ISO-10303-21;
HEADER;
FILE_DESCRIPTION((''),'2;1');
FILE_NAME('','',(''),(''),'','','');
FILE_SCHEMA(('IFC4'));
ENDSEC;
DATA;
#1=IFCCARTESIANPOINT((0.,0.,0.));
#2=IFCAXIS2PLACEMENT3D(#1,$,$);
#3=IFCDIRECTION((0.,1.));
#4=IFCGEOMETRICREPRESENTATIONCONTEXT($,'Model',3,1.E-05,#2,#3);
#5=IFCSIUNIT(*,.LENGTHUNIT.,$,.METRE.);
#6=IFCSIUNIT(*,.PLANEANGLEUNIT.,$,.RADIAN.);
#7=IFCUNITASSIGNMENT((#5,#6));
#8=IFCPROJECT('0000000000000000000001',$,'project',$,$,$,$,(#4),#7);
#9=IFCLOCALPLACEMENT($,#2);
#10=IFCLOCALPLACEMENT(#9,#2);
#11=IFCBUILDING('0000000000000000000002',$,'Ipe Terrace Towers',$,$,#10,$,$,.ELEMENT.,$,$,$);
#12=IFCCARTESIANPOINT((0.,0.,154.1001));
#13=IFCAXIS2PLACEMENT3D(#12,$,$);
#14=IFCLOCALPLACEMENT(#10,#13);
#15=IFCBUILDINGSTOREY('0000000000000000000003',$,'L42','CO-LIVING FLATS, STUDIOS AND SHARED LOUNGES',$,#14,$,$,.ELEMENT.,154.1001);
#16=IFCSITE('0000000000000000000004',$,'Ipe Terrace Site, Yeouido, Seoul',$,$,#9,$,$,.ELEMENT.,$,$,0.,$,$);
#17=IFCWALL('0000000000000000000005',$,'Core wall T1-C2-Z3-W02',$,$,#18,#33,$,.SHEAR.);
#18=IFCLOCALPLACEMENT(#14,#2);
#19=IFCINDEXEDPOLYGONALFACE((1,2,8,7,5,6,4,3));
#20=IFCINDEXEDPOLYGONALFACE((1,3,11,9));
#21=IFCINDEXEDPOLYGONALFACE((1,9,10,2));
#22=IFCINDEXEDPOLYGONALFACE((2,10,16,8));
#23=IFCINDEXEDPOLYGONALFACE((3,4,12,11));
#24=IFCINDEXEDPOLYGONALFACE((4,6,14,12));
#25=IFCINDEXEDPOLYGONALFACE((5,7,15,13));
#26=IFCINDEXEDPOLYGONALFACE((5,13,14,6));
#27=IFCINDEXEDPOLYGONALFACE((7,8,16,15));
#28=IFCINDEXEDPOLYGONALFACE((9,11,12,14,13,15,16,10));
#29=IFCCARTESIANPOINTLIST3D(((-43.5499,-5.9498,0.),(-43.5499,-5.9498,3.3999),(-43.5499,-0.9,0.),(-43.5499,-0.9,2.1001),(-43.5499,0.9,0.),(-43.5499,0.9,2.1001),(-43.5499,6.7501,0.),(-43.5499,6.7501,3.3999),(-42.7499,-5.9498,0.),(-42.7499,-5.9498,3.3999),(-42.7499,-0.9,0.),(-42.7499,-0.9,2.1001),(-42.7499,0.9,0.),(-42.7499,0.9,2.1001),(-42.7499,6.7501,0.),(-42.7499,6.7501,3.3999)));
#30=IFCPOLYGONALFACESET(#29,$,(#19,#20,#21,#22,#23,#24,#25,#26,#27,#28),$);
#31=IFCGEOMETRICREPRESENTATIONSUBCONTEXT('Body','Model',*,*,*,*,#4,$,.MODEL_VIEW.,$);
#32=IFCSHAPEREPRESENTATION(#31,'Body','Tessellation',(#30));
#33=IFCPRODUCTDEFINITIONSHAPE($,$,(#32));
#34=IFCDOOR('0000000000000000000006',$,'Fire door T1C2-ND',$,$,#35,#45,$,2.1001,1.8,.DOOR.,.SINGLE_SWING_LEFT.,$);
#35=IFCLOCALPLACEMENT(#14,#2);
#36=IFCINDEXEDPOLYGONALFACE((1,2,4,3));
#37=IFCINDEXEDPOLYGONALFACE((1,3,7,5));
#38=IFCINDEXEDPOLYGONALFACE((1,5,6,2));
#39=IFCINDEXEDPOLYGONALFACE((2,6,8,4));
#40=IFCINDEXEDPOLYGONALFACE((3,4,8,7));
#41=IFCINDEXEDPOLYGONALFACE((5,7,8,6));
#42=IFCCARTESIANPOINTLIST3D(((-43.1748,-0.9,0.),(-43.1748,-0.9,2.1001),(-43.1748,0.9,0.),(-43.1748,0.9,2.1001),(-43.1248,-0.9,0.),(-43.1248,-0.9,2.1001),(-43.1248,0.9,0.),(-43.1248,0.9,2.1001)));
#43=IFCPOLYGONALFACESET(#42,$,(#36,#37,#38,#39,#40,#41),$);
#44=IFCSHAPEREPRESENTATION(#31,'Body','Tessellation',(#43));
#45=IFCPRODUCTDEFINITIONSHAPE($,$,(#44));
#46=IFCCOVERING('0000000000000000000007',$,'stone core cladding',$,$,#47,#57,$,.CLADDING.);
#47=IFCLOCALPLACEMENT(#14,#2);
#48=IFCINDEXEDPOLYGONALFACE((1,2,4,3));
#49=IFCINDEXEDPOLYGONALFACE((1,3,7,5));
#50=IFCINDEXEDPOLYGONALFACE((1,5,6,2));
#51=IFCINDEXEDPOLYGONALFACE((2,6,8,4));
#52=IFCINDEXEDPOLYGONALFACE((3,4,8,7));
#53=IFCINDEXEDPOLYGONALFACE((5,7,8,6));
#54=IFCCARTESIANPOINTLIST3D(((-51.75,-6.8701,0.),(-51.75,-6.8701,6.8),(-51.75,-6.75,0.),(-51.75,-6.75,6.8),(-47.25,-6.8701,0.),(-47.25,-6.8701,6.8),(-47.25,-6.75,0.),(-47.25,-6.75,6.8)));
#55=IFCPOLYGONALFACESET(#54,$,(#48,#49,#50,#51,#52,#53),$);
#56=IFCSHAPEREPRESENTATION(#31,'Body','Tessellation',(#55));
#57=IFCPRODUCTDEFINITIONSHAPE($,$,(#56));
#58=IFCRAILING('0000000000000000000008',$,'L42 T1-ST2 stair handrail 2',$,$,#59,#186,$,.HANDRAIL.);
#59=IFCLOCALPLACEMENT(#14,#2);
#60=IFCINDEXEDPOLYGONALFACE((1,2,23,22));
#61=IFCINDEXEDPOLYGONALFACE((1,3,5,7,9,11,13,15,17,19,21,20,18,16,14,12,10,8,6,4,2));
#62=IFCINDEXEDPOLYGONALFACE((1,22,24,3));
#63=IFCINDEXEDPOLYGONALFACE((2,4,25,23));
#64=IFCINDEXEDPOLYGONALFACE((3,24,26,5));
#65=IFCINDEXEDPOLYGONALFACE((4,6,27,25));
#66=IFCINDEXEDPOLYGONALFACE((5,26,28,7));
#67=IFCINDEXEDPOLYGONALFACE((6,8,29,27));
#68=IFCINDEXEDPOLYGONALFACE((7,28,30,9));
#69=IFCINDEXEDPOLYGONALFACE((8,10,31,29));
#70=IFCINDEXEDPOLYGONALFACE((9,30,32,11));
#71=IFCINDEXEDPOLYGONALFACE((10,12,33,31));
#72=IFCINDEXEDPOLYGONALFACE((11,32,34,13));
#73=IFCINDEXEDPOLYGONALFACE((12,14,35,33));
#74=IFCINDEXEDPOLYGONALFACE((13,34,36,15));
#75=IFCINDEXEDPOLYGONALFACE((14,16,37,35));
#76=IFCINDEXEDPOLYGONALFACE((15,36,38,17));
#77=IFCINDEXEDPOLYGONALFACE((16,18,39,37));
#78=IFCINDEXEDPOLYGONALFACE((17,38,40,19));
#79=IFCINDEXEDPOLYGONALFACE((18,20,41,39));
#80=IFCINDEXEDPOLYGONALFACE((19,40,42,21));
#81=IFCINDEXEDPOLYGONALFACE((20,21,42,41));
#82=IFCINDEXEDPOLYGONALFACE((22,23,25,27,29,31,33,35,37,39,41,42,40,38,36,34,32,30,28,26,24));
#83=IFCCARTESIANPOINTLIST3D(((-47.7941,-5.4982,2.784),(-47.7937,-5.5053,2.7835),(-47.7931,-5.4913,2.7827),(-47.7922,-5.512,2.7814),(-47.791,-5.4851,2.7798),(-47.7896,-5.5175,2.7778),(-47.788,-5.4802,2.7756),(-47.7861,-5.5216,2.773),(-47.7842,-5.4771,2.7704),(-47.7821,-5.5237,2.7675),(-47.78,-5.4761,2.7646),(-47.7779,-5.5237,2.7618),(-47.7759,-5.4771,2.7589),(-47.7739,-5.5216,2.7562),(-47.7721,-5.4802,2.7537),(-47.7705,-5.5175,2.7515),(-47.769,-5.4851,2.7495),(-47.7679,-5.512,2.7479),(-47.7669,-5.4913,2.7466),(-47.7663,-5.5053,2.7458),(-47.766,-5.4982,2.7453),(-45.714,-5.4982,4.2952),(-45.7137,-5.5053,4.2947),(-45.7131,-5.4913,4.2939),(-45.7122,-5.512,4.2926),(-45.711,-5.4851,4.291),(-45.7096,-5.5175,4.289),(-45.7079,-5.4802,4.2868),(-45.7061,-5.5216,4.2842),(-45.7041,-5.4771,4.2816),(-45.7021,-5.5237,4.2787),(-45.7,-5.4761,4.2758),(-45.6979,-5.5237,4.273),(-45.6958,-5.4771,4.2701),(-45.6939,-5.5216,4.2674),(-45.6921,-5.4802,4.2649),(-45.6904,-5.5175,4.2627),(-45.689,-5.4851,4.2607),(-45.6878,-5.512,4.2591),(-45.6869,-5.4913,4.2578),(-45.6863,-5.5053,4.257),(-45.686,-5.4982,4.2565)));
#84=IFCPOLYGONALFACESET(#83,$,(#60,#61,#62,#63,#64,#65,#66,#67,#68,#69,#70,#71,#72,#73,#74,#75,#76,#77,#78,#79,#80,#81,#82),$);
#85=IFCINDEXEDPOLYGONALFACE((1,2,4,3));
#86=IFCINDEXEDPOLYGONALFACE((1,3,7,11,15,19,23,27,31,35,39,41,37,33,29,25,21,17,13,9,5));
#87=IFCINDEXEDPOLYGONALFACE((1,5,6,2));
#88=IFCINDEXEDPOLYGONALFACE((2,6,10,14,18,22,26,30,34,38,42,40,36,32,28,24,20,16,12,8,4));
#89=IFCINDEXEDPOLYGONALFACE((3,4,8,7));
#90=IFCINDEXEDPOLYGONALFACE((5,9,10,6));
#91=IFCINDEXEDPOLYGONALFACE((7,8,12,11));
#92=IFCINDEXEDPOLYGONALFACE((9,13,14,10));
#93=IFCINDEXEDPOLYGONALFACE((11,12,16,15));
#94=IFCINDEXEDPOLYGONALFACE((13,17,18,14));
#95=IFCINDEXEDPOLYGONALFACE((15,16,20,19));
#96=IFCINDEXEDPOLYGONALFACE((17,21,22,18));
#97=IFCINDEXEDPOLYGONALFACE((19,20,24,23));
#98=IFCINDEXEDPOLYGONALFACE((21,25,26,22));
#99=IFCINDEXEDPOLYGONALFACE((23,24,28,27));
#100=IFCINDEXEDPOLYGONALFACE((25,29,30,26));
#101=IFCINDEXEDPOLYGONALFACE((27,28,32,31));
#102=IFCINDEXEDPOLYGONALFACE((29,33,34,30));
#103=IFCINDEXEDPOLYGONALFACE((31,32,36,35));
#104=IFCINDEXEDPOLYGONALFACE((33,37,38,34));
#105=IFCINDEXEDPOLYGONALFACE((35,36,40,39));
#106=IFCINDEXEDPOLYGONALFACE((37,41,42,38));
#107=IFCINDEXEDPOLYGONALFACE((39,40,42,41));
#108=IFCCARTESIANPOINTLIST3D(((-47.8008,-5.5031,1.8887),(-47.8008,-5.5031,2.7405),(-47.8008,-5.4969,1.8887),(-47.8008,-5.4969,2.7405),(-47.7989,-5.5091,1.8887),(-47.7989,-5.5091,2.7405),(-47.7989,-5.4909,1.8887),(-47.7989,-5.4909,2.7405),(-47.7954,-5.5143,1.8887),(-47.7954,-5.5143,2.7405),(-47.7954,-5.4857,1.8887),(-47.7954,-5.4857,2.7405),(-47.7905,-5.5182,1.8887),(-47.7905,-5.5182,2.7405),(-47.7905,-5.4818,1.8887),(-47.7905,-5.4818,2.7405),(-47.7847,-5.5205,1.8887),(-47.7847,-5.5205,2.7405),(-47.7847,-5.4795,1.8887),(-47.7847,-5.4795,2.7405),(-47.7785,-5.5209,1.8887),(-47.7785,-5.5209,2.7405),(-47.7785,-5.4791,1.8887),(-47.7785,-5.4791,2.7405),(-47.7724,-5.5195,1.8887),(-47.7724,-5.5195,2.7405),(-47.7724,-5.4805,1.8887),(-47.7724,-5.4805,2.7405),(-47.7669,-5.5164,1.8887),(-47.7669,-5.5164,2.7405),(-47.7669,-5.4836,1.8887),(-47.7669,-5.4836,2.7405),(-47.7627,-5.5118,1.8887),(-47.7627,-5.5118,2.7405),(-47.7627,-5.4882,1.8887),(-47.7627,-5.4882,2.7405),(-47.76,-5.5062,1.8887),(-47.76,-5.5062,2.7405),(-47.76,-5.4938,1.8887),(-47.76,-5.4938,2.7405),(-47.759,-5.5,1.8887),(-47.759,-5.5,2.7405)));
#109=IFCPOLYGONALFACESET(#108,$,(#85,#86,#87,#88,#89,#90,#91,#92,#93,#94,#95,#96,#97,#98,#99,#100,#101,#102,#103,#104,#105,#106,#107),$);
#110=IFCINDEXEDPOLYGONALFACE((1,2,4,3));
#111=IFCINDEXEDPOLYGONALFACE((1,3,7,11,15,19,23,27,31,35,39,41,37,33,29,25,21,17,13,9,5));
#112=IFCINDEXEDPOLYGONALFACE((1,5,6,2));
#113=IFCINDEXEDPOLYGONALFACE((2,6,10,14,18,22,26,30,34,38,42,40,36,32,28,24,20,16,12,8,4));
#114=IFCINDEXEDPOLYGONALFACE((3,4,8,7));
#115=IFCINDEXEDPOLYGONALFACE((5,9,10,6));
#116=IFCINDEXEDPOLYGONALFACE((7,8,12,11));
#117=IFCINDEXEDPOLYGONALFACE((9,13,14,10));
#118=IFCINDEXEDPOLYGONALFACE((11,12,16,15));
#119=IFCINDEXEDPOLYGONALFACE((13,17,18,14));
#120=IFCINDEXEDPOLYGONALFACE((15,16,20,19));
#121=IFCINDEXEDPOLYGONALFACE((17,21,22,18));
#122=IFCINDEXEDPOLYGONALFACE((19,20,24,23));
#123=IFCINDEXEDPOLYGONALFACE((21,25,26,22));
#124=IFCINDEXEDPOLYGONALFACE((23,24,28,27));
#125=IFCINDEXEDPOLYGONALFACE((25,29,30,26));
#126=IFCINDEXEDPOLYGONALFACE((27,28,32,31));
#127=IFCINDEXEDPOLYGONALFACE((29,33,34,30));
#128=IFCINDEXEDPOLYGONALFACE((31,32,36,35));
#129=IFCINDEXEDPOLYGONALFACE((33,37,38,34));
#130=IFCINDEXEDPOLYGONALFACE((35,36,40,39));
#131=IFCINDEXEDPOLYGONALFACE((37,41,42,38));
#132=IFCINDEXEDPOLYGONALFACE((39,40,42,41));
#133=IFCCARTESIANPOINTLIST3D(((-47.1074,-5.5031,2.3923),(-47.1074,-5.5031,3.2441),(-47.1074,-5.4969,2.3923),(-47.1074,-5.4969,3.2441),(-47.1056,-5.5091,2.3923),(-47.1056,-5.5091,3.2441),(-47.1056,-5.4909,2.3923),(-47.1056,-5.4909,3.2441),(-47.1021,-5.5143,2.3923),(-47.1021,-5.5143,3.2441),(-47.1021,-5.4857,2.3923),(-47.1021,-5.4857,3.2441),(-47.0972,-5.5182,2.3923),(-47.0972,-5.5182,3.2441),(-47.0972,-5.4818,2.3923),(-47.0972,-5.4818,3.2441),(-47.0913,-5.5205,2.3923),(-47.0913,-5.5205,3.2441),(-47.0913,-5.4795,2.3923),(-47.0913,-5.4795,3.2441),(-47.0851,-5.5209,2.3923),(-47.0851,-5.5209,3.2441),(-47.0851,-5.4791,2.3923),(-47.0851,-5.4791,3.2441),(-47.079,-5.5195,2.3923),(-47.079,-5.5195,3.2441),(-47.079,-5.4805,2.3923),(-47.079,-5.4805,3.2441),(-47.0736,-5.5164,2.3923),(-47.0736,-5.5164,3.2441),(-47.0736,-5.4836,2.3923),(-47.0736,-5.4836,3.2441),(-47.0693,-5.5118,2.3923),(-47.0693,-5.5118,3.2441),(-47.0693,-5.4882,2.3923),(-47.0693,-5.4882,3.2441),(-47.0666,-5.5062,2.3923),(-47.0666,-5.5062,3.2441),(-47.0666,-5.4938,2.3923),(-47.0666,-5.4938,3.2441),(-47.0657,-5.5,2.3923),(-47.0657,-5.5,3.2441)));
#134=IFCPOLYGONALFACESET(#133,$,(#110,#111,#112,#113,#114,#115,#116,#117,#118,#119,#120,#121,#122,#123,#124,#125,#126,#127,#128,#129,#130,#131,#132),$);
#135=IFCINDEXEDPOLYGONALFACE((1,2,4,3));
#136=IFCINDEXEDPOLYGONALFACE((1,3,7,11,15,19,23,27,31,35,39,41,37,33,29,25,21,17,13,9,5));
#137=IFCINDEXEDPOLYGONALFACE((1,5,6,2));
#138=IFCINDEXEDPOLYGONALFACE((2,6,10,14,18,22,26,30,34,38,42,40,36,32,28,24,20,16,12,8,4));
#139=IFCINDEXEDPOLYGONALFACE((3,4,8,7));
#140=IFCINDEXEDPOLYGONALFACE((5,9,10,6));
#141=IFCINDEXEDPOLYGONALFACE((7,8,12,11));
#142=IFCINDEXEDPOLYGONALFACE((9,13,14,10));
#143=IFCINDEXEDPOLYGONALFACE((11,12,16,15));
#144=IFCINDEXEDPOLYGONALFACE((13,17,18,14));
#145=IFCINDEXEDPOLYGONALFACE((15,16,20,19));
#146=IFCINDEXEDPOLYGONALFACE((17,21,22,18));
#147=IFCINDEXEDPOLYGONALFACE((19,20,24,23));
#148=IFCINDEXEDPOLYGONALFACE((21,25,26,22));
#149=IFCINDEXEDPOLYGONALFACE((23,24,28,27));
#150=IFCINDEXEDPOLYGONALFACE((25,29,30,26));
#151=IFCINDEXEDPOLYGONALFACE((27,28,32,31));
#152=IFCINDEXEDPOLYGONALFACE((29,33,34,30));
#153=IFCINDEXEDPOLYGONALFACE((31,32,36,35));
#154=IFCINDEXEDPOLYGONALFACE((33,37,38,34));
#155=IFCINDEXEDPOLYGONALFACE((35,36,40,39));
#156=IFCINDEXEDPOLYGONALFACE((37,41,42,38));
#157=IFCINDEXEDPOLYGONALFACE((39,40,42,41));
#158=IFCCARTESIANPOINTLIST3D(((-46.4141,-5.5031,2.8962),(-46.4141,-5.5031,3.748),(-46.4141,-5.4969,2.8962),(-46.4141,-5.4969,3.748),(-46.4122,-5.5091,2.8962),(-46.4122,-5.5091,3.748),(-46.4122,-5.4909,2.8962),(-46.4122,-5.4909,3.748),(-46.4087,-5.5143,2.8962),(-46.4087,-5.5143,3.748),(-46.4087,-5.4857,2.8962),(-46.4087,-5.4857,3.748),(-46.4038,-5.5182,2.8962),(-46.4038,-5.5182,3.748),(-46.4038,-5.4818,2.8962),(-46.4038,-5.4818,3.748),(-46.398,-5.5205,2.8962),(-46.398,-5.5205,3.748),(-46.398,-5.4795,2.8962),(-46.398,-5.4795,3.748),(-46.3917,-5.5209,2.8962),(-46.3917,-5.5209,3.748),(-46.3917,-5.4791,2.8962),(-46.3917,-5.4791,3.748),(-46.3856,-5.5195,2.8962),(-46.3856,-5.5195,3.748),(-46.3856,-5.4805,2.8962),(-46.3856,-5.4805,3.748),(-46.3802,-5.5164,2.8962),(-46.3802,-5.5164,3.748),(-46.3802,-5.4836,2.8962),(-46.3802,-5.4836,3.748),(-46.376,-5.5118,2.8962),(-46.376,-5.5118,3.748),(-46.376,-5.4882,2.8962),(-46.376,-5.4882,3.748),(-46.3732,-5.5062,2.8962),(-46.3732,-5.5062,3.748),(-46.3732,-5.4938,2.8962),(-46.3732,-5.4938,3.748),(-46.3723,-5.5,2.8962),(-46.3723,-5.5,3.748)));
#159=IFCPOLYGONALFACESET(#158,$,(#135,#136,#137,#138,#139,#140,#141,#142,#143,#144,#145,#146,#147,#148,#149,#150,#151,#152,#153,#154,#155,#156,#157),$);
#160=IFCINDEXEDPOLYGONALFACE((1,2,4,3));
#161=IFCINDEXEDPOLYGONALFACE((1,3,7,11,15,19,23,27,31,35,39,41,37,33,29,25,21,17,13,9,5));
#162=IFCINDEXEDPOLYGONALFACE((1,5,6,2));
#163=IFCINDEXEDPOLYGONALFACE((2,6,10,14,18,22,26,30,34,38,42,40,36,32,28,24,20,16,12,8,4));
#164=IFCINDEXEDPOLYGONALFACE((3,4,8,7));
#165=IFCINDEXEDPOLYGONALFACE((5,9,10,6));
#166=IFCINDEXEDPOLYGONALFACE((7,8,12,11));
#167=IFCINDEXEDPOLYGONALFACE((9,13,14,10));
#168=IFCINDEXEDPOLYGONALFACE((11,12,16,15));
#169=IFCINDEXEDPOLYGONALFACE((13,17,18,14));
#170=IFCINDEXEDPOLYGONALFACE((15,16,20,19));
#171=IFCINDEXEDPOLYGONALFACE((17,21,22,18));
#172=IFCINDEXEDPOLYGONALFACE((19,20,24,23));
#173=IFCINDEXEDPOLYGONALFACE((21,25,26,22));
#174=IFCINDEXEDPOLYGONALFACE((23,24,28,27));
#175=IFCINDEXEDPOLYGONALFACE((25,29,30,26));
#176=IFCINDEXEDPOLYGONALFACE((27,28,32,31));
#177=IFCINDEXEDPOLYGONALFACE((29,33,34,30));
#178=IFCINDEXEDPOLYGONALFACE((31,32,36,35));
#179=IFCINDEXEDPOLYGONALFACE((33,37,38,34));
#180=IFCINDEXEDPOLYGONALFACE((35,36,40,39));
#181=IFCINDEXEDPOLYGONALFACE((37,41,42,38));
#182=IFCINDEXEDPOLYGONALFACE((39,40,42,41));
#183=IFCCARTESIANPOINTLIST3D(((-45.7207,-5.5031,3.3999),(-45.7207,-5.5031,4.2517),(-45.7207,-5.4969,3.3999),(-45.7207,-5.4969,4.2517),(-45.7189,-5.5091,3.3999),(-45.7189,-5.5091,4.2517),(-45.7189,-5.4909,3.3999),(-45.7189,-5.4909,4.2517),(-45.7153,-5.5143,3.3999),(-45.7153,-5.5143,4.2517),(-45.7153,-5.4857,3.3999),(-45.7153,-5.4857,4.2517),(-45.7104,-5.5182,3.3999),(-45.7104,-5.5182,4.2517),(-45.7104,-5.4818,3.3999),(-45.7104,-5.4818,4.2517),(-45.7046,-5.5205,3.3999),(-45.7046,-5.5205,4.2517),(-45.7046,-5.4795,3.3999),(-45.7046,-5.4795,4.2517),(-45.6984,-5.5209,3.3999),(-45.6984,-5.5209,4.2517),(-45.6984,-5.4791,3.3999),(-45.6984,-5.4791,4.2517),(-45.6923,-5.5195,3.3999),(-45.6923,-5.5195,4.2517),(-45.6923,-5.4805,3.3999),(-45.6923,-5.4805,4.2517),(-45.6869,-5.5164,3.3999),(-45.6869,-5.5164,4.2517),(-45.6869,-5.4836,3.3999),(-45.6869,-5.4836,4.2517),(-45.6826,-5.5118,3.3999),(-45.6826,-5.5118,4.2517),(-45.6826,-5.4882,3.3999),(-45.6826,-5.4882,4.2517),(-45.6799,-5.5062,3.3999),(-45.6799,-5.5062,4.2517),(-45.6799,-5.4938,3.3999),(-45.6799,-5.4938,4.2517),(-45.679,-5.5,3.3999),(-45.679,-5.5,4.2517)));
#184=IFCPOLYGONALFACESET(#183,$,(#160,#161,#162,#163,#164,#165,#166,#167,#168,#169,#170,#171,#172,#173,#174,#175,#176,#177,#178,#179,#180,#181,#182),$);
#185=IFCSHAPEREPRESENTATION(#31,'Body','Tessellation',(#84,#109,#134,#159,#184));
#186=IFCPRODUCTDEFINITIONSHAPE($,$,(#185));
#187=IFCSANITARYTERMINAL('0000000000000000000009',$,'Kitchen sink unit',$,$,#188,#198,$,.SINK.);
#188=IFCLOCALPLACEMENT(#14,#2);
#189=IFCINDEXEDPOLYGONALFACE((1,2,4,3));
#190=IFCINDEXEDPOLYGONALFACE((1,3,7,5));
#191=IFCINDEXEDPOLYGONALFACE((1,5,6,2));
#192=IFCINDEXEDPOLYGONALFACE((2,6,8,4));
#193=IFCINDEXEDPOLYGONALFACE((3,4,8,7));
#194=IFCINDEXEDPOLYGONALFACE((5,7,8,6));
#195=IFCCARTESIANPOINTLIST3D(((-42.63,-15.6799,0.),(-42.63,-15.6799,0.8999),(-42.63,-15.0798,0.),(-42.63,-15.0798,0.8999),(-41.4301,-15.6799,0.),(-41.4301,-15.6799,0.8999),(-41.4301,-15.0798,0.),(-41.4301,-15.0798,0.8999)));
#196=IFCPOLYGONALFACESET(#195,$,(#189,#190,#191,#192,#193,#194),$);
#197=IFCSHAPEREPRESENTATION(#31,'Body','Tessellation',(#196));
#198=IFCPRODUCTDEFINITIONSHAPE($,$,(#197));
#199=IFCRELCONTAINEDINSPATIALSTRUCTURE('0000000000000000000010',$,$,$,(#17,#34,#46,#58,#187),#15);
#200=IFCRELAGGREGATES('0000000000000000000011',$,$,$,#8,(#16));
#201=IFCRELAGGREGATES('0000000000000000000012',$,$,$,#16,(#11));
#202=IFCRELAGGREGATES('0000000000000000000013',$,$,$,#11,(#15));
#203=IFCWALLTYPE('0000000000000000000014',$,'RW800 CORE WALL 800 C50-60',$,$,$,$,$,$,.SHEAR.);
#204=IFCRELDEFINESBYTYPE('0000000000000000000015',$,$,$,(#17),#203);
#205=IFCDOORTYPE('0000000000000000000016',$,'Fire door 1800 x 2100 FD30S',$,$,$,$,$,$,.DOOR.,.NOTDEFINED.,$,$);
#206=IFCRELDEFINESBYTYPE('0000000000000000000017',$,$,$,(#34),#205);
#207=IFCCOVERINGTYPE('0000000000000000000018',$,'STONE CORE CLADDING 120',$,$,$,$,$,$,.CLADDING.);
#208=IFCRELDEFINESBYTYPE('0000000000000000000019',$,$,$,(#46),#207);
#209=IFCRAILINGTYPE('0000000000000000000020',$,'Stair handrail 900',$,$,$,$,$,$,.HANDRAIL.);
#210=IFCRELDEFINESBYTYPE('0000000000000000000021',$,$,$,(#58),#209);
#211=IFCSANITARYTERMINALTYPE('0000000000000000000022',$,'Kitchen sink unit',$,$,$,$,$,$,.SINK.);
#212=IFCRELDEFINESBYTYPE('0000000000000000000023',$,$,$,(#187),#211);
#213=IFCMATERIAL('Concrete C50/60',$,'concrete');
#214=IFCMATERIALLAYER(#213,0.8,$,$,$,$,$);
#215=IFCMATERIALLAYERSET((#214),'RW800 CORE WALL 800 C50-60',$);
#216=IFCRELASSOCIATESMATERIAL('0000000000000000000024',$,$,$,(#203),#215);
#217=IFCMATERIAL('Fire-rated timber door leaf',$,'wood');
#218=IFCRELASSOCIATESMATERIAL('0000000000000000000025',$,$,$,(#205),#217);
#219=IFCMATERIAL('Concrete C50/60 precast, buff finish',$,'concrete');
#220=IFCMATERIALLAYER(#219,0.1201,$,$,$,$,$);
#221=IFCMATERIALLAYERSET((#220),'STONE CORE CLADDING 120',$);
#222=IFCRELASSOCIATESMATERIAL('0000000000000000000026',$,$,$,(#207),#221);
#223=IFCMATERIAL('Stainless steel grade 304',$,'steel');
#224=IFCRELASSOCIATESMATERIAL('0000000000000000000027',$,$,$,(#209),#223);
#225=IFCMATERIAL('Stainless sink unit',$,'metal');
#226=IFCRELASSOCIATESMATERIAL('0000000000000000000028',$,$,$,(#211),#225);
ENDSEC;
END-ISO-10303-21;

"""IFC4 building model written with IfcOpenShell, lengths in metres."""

from ifc_helpers import new_model, si_unit, direction, frame, frame_2d, origin, origin_2d, place, context, subcontext, project, spatial, rectangle, circle, extrude, material, layer, layer_set, type_object, element, fill, save


model = new_model("IFC4")

# Units and contexts
model_context = context("Model", 3, precision=1e-05, world=origin(), true_north=direction((0.0, 1.0)))
body_context = subcontext(model_context, "Body", "Model", "MODEL_VIEW")
ifc_project = project(units=[si_unit("LENGTHUNIT", "METRE"), si_unit("PLANEANGLEUNIT", "RADIAN")], contexts=[model_context])

# Site, building, storey
site_placement = place(None, origin())
site = spatial("IfcSite", under=ifc_project, at=site_placement, Name="Ipe Terrace Site, Yeouido, Seoul", CompositionType="ELEMENT", RefElevation=0.0)
building_placement = place(site_placement, origin())
building = spatial("IfcBuilding", under=site, at=building_placement, Name="Ipe Terrace Towers", CompositionType="ELEMENT")
storey_placement = place(building_placement, frame((0.0, 0.0, 154.1001)))
storey = spatial("IfcBuildingStorey", under=building, at=storey_placement, Name="L42", Description="CO-LIVING FLATS, STUDIOS AND SHARED LOUNGES", CompositionType="ELEMENT", Elevation=154.1001)

# Shared definitions
ifc_material_1 = material(Name="Concrete C50/60", Category="concrete")
ifc_layer_1 = layer(ifc_material_1, 0.8)
ifc_layer_set_1 = layer_set([ifc_layer_1], Name="RW800 CORE WALL 800 C50-60")
wall_type_1 = type_object("IfcWallType", Name="RW800 CORE WALL 800 C50-60", PredefinedType="SHEAR", material=ifc_layer_set_1)

# Wall, opening, door
wall_1_placement = place(storey_placement, frame((-43.1499, -5.95, 0.0), z_axis=(0.0, 0.0, 1.0), x_axis=(0.0, 1.0, 0.0)))
wall_1 = element("IfcWall", 1, at=wall_1_placement, inside=storey, type_object=wall_type_1, Name="Core wall T1-C2-Z3-W02", PredefinedType="SHEAR", context=body_context, shape_type="SweptSolid", body=[
    extrude(rectangle(XDim=12.7, YDim=0.8, at=frame_2d((6.3501, 0.0))), origin(), (0.0, 0.0, 1.0), 3.3999),
])
opening_1_placement = place(wall_1_placement, frame((5.05, 0.0, 0.0)))
opening_1 = element("IfcOpeningElement", 2, at=opening_1_placement, cuts=wall_1, PredefinedType="OPENING", context=body_context, shape_type="SweptSolid", body=[
    extrude(rectangle(XDim=1.8, YDim=2.1001, at=frame_2d((0.8999, 1.05))), frame((0.0, 0.4102, 0.0), z_axis=(0.0, -1.0, 0.0), x_axis=(1.0, 0.0, 0.0)), (0.0, 0.0, 1.0), 0.8201),
])
ifc_material_2 = material(Name="Fire-rated timber door leaf", Category="wood")
door_type_1 = type_object("IfcDoorType", Name="Fire door 1800 x 2100 FD30S", OperationType="NOTDEFINED", PredefinedType="DOOR", material=ifc_material_2)
door_1_placement = place(opening_1_placement, origin())
door_1 = element("IfcDoor", 3, at=door_1_placement, inside=storey, type_object=door_type_1, Name="Fire door T1C2-ND", OperationType="SINGLE_SWING_LEFT", OverallHeight=2.1001, OverallWidth=1.8, PredefinedType="DOOR", context=body_context, shape_type="SweptSolid", body=[
    extrude(rectangle(XDim=1.8, YDim=2.1001, at=frame_2d((0.8999, 1.05))), frame((0.0, 0.0249, 0.0), z_axis=(0.0, -1.0, 0.0), x_axis=(1.0, 0.0, 0.0)), (0.0, 0.0, 1.0), 0.05),
])
fill(opening_1, door_1)

# Covering
ifc_material_3 = material(Name="Concrete C50/60 precast, buff finish", Category="concrete")
ifc_layer_2 = layer(ifc_material_3, 0.1201)
ifc_layer_set_2 = layer_set([ifc_layer_2], Name="STONE CORE CLADDING 120")
covering_type = type_object("IfcCoveringType", Name="STONE CORE CLADDING 120", PredefinedType="CLADDING", material=ifc_layer_set_2)
covering_placement = place(storey_placement, frame((-49.5, -6.8101, 0.0), z_axis=(0.0, 0.0, 1.0), x_axis=(1.0, 0.0, 0.0)))
element("IfcCovering", 4, at=covering_placement, inside=storey, type_object=covering_type, Name="stone core cladding", PredefinedType="CLADDING", context=body_context, shape_type="SweptSolid", body=[
    extrude(rectangle(XDim=4.5, YDim=0.1201, at=origin_2d()), origin(), (0.0, 0.0, 1.0), 6.8),
])

# Railing
ifc_material_4 = material(Name="Stainless steel grade 304", Category="steel")
railing_type_1 = type_object("IfcRailingType", Name="Stair handrail 900", PredefinedType="HANDRAIL", material=ifc_material_4)
railing_1_placement = place(storey_placement, frame((-47.78, -5.5, 1.8887)))
element("IfcRailing", 5, at=railing_1_placement, inside=storey, type_object=railing_type_1, Name="L42 T1-ST2 stair handrail 2", PredefinedType="HANDRAIL", context=body_context, shape_type="SweptSolid", body=[
    extrude(circle(Radius=0.0239, at=origin_2d()), frame((0.0, 0.0, 0.876), z_axis=(0.809023, 0.0, 0.587776), x_axis=(0.0, 1.0, 0.0)), (0.0, 0.0, 1.0), 2.571),
    extrude(circle(Radius=0.021, at=origin_2d()), origin(), (0.0, 0.0, 1.0), 0.8518),
    extrude(circle(Radius=0.021, at=origin_2d()), frame((0.6934, 0.0, 0.5037)), (0.0, 0.0, 1.0), 0.8518),
    extrude(circle(Radius=0.021, at=origin_2d()), frame((1.3867, 0.0, 1.0076)), (0.0, 0.0, 1.0), 0.8518),
    extrude(circle(Radius=0.021, at=origin_2d()), frame((2.0801, 0.0, 1.5112)), (0.0, 0.0, 1.0), 0.8518),
])

# Sanitary terminal
ifc_material_5 = material(Name="Stainless sink unit", Category="metal")
sanitary_terminal_type = type_object("IfcSanitaryTerminalType", Name="Kitchen sink unit", PredefinedType="SINK", material=ifc_material_5)
sanitary_terminal_placement = place(storey_placement, frame((-42.03, -15.3799, 0.0), z_axis=(0.0, 0.0, 1.0), x_axis=(-1.0, 0.0, 0.0)))
element("IfcSanitaryTerminal", 6, at=sanitary_terminal_placement, inside=storey, type_object=sanitary_terminal_type, Name="Kitchen sink unit", PredefinedType="SINK", context=body_context, shape_type="SweptSolid", body=[
    extrude(rectangle(XDim=1.2, YDim=0.6001, at=origin_2d()), origin(), (0.0, 0.0, 1.0), 0.8999),
])

save(model, "model.ifc")
